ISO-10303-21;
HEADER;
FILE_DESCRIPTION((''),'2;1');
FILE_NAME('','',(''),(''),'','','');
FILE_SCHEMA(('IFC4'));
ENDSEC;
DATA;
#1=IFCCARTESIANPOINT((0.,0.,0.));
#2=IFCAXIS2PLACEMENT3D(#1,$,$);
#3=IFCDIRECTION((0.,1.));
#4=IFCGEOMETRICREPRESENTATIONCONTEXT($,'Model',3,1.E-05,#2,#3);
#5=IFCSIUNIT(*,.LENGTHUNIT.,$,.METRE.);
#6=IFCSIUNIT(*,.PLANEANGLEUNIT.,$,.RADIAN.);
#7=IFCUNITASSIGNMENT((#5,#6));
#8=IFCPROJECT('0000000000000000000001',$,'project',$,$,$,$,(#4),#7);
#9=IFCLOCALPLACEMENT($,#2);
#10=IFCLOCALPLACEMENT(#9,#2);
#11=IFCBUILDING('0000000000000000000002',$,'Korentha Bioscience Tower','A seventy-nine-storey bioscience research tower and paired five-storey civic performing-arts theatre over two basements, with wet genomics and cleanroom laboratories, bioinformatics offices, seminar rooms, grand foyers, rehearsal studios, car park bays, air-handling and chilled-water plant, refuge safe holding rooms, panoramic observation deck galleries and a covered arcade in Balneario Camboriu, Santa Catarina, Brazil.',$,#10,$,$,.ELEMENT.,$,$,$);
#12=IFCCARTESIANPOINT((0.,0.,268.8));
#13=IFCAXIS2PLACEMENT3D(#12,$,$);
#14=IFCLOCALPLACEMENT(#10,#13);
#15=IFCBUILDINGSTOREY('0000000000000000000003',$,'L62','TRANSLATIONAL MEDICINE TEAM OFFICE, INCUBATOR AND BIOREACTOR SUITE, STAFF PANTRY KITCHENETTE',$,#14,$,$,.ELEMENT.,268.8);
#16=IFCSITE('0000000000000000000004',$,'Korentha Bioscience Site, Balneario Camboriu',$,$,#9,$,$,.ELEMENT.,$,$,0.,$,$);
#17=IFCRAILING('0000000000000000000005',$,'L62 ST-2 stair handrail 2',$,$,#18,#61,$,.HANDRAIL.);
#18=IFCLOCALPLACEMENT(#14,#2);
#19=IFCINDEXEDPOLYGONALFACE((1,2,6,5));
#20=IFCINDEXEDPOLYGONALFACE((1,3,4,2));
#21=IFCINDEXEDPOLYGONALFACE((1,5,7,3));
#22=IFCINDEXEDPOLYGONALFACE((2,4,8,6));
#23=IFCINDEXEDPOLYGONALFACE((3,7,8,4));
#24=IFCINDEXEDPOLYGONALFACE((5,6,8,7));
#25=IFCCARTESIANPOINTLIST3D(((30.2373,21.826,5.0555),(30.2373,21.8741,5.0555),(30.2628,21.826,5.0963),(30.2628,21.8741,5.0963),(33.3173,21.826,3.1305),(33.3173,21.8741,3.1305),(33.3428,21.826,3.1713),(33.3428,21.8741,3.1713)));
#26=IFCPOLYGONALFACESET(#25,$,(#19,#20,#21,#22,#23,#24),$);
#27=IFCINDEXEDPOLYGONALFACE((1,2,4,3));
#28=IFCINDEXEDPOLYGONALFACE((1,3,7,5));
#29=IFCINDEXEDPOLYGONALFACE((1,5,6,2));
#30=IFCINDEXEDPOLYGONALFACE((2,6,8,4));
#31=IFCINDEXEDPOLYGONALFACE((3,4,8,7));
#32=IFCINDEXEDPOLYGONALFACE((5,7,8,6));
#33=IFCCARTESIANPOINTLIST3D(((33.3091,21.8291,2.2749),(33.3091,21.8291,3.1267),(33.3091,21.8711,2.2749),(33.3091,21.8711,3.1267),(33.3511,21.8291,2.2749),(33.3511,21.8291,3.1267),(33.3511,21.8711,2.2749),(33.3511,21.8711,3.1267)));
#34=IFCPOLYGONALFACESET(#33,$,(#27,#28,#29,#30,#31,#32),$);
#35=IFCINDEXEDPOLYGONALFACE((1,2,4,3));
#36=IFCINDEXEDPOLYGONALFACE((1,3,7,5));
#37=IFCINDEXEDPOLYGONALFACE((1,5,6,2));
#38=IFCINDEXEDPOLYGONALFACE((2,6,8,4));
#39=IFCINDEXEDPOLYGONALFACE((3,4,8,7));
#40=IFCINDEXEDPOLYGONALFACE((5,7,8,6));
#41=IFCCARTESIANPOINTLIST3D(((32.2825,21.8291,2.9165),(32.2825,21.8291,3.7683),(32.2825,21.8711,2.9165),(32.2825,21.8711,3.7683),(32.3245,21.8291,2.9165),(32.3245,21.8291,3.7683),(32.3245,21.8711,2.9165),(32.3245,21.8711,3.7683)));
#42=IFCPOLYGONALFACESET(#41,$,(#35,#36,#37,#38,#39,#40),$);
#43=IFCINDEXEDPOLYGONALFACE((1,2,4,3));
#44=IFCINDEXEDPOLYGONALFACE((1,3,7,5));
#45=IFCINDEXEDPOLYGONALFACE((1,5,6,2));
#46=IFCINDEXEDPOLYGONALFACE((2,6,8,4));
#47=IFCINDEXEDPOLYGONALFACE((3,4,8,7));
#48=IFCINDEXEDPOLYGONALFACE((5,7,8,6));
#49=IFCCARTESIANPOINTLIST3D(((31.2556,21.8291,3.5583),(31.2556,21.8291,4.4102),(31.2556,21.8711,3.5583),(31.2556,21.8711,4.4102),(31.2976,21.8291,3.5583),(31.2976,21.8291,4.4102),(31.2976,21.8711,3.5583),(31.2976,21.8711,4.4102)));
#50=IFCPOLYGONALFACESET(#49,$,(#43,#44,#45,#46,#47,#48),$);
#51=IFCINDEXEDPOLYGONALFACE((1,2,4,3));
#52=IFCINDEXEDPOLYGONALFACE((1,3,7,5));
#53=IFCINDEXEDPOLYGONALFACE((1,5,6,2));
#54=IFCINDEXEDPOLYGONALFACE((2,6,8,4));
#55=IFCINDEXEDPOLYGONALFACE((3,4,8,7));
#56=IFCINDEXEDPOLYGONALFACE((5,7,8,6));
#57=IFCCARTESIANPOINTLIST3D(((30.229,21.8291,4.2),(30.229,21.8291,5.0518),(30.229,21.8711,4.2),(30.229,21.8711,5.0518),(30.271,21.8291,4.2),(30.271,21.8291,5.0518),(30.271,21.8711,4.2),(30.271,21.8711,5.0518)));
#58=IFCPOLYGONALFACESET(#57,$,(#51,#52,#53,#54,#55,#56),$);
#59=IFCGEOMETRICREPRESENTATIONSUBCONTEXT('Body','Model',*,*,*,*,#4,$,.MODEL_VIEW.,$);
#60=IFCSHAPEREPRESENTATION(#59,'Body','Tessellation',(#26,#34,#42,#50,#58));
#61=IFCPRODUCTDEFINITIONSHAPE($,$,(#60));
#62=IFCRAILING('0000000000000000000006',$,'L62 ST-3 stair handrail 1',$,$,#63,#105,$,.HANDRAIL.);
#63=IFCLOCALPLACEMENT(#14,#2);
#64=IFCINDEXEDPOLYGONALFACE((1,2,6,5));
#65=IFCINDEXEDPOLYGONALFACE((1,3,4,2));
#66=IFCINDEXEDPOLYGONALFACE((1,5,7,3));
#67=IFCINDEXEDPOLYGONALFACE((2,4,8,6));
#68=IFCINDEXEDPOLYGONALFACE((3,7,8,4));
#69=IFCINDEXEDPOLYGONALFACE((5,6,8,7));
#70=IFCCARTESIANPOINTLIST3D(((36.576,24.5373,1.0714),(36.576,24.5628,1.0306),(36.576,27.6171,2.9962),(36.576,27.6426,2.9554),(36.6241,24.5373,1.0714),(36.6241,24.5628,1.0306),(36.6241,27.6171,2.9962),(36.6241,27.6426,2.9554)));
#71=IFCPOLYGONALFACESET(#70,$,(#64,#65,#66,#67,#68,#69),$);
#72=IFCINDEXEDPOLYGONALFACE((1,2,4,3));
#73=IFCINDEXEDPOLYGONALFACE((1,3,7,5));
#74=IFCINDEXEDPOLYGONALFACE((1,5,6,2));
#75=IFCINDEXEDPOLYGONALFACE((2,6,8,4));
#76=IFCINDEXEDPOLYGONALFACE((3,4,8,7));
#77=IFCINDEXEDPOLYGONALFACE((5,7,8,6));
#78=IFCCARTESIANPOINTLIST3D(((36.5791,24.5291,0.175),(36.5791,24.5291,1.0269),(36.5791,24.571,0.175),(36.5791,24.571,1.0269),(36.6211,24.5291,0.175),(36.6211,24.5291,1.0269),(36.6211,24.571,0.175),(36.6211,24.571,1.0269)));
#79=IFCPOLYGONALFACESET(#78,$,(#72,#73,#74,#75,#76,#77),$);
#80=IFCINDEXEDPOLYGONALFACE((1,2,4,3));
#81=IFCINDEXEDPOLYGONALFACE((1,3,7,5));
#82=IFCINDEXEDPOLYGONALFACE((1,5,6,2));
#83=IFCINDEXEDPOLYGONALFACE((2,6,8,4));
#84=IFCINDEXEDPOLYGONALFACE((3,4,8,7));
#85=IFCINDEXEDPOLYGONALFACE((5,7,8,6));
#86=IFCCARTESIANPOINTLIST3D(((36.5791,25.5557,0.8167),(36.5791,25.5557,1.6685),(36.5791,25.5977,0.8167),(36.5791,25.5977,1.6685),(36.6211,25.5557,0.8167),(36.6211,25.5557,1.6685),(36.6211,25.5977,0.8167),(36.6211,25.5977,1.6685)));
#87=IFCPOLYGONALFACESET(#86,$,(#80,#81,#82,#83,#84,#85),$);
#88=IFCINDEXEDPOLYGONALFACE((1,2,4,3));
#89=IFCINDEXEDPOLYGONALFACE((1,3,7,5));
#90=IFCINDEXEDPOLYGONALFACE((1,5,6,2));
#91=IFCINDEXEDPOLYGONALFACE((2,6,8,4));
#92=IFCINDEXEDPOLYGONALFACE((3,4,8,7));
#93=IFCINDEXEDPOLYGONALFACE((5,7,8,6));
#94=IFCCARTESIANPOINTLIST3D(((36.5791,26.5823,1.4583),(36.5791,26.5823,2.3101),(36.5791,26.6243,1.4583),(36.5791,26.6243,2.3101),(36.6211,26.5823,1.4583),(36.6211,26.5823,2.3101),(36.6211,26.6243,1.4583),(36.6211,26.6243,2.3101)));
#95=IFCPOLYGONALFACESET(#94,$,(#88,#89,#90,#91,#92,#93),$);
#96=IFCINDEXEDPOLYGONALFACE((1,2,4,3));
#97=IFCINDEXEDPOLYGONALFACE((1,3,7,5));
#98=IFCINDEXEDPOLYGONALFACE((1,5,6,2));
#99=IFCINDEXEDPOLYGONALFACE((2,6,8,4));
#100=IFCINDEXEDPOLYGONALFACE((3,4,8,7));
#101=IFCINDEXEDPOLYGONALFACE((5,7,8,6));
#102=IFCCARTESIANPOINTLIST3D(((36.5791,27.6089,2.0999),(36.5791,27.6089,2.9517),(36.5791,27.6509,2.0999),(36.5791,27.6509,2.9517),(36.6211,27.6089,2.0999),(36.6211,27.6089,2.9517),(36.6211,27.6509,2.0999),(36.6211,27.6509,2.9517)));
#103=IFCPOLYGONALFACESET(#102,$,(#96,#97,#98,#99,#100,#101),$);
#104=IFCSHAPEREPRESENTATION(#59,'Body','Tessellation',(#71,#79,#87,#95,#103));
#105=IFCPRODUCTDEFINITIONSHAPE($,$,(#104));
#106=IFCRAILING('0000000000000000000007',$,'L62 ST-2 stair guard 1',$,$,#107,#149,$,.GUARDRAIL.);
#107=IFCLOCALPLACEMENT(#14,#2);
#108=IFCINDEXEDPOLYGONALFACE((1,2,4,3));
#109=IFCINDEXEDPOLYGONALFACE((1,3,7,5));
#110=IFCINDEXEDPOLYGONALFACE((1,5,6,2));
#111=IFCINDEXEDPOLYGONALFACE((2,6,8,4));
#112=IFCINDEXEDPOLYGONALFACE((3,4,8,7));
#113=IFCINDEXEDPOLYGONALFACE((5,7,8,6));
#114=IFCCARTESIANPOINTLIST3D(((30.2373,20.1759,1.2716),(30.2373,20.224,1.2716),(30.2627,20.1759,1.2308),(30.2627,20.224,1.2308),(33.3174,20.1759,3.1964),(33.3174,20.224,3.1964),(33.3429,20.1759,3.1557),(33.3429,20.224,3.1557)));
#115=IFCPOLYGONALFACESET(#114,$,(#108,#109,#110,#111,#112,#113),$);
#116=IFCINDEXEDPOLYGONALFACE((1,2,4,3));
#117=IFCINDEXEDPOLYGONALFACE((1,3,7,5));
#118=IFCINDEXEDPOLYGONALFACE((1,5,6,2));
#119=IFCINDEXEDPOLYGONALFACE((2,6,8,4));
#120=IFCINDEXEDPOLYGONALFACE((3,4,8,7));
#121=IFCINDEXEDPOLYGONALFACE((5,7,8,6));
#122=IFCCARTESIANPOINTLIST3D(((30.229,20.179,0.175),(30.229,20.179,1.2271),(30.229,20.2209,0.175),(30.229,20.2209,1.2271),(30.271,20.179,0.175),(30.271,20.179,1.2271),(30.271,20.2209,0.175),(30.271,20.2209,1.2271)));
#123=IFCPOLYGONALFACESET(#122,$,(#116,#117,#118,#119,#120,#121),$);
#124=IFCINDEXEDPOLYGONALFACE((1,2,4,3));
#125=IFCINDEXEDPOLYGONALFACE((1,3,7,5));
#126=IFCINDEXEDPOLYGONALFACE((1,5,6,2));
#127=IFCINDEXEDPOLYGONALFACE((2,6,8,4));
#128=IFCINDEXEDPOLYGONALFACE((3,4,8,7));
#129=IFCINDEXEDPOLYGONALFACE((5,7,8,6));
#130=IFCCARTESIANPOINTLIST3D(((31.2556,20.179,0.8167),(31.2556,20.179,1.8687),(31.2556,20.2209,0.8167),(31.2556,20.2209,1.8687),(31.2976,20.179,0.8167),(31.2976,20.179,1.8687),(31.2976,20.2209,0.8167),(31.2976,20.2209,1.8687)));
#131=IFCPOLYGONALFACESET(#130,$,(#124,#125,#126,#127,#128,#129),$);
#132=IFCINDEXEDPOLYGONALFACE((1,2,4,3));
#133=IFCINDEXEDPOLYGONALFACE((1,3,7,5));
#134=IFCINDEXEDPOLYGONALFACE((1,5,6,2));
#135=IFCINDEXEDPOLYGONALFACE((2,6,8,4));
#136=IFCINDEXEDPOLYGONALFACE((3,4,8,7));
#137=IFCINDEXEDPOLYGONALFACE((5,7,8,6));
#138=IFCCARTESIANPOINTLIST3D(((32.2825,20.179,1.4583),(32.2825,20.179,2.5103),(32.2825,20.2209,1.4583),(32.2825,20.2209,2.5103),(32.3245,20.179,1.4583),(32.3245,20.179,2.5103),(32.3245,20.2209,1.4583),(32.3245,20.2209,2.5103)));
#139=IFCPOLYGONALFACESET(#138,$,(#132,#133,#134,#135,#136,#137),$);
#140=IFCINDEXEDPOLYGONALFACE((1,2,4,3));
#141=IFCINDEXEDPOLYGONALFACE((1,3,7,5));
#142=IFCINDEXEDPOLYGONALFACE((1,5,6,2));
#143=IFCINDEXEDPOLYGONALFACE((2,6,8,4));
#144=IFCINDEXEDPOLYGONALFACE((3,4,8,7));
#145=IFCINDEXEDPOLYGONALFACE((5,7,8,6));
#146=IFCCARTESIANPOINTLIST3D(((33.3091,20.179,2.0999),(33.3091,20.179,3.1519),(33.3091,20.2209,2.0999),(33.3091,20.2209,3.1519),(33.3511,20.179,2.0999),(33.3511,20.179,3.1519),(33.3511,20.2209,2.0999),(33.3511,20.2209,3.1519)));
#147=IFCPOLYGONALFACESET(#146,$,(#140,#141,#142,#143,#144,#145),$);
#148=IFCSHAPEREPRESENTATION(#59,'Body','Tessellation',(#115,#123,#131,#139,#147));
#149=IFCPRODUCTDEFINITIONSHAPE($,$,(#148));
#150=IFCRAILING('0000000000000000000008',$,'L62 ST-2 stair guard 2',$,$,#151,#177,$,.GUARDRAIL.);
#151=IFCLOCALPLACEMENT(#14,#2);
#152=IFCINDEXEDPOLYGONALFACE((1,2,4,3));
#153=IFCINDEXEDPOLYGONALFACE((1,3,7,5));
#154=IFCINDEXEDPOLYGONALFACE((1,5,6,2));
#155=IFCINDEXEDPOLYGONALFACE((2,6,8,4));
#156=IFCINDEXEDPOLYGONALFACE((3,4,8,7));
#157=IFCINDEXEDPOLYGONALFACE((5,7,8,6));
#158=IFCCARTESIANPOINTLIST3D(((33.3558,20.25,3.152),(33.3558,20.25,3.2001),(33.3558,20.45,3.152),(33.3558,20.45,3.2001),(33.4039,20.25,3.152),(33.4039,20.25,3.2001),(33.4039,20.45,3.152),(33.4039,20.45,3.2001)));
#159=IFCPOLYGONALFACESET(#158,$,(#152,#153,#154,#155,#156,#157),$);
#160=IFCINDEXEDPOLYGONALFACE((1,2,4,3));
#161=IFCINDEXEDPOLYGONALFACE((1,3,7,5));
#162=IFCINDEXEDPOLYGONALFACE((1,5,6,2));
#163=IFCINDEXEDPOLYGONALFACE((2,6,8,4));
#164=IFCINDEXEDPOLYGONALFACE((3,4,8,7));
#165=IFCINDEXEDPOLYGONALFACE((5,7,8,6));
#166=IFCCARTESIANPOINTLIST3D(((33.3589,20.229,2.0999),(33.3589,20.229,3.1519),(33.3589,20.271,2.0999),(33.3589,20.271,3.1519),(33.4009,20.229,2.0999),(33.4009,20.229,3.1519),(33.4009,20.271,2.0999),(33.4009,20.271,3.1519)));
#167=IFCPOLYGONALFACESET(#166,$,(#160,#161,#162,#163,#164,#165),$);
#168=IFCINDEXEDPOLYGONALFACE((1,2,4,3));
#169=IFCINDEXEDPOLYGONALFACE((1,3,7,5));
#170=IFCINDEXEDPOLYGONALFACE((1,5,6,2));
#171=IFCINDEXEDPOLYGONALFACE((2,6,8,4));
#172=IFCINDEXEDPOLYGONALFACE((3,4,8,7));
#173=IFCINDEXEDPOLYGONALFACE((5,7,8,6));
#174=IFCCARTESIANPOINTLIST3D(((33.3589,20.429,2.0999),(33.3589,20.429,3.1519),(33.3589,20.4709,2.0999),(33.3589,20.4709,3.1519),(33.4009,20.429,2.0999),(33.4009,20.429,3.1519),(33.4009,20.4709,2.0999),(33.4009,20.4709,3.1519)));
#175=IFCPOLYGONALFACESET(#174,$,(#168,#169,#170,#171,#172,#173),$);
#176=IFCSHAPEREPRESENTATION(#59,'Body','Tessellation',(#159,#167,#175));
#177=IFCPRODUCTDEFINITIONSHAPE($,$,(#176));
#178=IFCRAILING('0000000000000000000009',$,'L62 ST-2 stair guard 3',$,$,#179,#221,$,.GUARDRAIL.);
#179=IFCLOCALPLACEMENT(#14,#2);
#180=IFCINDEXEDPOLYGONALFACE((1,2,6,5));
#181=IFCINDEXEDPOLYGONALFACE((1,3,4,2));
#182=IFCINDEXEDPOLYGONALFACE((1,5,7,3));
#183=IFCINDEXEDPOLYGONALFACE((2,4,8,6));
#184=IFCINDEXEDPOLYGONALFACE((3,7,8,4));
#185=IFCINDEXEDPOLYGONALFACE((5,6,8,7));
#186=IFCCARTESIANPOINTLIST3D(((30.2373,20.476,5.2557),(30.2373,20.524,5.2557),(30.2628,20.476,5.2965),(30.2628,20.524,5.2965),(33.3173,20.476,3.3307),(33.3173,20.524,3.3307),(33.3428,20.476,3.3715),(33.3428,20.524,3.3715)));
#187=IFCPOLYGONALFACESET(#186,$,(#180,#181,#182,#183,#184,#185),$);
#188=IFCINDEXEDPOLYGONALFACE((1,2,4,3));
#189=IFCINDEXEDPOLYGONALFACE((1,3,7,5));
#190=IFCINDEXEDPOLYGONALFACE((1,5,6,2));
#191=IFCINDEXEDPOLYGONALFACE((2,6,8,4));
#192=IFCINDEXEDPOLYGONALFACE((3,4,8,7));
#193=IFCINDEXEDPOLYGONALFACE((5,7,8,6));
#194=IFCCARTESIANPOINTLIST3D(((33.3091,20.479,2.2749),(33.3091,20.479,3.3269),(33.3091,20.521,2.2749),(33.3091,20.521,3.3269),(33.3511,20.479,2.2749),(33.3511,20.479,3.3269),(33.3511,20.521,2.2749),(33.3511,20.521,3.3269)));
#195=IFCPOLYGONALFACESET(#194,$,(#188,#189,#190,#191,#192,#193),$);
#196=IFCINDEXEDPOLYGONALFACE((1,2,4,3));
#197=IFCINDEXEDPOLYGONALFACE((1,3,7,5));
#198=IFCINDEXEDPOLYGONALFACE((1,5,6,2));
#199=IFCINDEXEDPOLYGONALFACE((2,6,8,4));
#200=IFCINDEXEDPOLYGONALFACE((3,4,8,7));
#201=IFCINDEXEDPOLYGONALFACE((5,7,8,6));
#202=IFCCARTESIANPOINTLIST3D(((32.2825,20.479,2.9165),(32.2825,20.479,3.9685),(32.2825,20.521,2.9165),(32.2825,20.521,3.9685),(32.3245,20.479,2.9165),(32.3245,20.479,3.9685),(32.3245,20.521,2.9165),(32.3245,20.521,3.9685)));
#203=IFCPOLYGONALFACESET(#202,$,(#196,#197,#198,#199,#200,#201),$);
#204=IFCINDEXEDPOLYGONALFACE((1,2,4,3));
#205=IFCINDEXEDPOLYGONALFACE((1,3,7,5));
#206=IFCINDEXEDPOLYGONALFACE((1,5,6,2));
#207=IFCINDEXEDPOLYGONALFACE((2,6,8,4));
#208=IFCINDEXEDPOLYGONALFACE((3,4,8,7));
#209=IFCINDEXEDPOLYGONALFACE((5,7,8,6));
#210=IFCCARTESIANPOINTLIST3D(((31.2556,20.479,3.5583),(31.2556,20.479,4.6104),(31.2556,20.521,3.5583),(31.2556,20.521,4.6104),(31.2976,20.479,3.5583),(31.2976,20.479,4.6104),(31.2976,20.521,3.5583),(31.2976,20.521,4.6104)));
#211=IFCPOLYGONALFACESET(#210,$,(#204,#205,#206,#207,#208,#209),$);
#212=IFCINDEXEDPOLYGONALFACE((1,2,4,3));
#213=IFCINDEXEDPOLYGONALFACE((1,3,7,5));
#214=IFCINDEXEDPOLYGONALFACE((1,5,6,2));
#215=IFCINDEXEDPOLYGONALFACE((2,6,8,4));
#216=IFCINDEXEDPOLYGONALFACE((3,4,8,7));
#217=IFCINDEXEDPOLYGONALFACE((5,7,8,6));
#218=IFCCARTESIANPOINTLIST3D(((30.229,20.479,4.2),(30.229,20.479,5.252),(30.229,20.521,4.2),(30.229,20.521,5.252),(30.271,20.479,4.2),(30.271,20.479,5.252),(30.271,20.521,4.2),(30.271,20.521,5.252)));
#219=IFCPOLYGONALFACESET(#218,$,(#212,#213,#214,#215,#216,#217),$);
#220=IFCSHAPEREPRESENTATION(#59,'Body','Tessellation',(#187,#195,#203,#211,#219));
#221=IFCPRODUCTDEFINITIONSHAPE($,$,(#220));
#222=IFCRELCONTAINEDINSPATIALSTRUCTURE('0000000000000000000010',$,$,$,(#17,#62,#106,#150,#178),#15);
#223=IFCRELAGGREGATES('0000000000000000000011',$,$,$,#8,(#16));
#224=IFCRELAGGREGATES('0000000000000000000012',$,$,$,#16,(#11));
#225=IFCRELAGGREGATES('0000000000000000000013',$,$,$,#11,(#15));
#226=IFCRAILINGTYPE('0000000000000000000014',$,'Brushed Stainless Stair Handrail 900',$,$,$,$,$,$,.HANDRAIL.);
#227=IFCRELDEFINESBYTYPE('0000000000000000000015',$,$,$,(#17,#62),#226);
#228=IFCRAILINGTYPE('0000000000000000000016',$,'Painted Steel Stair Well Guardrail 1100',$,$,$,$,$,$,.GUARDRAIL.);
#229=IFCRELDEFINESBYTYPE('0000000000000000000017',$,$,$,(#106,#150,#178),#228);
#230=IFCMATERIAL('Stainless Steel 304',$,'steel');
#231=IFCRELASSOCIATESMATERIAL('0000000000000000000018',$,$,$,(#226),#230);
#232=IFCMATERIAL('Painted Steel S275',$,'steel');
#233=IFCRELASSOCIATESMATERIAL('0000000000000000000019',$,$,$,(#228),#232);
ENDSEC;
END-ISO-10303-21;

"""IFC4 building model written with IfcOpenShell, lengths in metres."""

from ifc_helpers import new_model, si_unit, direction, frame, origin, origin_2d, place, context, subcontext, project, spatial, rectangle, extrude, material, type_object, element, save


model = new_model("IFC4")

# Units and contexts
model_context = context("Model", 3, precision=1e-05, world=origin(), true_north=direction((0.0, 1.0)))
body_context = subcontext(model_context, "Body", "Model", "MODEL_VIEW")
ifc_project = project(units=[si_unit("LENGTHUNIT", "METRE"), si_unit("PLANEANGLEUNIT", "RADIAN")], contexts=[model_context])

# Site, building, storey
site_placement = place(None, origin())
site = spatial("IfcSite", under=ifc_project, at=site_placement, Name="Korentha Bioscience Site, Balneario Camboriu", CompositionType="ELEMENT", RefElevation=0.0)
building_placement = place(site_placement, origin())
building = spatial("IfcBuilding", under=site, at=building_placement, Name="Korentha Bioscience Tower", Description="A seventy-nine-storey bioscience research tower and paired five-storey civic performing-arts theatre over two basements, with wet genomics and cleanroom laboratories, bioinformatics offices, seminar rooms, grand foyers, rehearsal studios, car park bays, air-handling and chilled-water plant, refuge safe holding rooms, panoramic observation deck galleries and a covered arcade in Balneario Camboriu, Santa Catarina, Brazil.", CompositionType="ELEMENT")
storey_placement = place(building_placement, frame((0.0, 0.0, 268.8)))
storey = spatial("IfcBuildingStorey", under=building, at=storey_placement, Name="L62", Description="TRANSLATIONAL MEDICINE TEAM OFFICE, INCUBATOR AND BIOREACTOR SUITE, STAFF PANTRY KITCHENETTE", CompositionType="ELEMENT", Elevation=268.8)

# Railings
ifc_material_1 = material(Name="Stainless Steel 304", Category="steel")
railing_type_1 = type_object("IfcRailingType", Name="Brushed Stainless Stair Handrail 900", PredefinedType="HANDRAIL", material=ifc_material_1)
railing_1_placement = place(storey_placement, frame((33.3301, 21.8501, 2.2749)))
element("IfcRailing", 1, at=railing_1_placement, inside=storey, type_object=railing_type_1, Name="L62 ST-2 stair handrail 2", PredefinedType="HANDRAIL", context=body_context, shape_type="SweptSolid", body=[
    extrude(rectangle(XDim=0.0481, YDim=0.0481, at=origin_2d()), frame((0.0, 0.0, 0.876), z_axis=(-0.847998, 0.0, 0.529999), x_axis=(0.0, -1.0, 0.0)), (0.0, 0.0, 1.0), 3.6321),
    extrude(rectangle(XDim=0.042, YDim=0.042, at=origin_2d()), origin(), (0.0, 0.0, 1.0), 0.8518),
    extrude(rectangle(XDim=0.042, YDim=0.042, at=origin_2d()), frame((-1.0266, 0.0, 0.6416)), (0.0, 0.0, 1.0), 0.8518),
    extrude(rectangle(XDim=0.042, YDim=0.042, at=origin_2d()), frame((-2.0535, 0.0, 1.2834)), (0.0, 0.0, 1.0), 0.8518),
    extrude(rectangle(XDim=0.042, YDim=0.042, at=origin_2d()), frame((-3.0801, 0.0, 1.925)), (0.0, 0.0, 1.0), 0.8518),
])
railing_2_placement = place(storey_placement, frame((36.6001, 24.55, 0.175)))
element("IfcRailing", 2, at=railing_2_placement, inside=storey, type_object=railing_type_1, Name="L62 ST-3 stair handrail 1", PredefinedType="HANDRAIL", context=body_context, shape_type="SweptSolid", body=[
    extrude(rectangle(XDim=0.0481, YDim=0.0481, at=origin_2d()), frame((0.0, 0.0, 0.876), z_axis=(0.0, 0.84801, 0.529981), x_axis=(-1.0, 0.0, 0.0)), (0.0, 0.0, 1.0), 3.6318),
    extrude(rectangle(XDim=0.042, YDim=0.042, at=origin_2d()), origin(), (0.0, 0.0, 1.0), 0.8518),
    extrude(rectangle(XDim=0.042, YDim=0.042, at=origin_2d()), frame((0.0, 1.0266, 0.6416)), (0.0, 0.0, 1.0), 0.8518),
    extrude(rectangle(XDim=0.042, YDim=0.042, at=origin_2d()), frame((0.0, 2.0532, 1.2832)), (0.0, 0.0, 1.0), 0.8518),
    extrude(rectangle(XDim=0.042, YDim=0.042, at=origin_2d()), frame((0.0, 3.0798, 1.9248)), (0.0, 0.0, 1.0), 0.8518),
])
ifc_material_2 = material(Name="Painted Steel S275", Category="steel")
railing_type_2 = type_object("IfcRailingType", Name="Painted Steel Stair Well Guardrail 1100", PredefinedType="GUARDRAIL", material=ifc_material_2)
railing_3_placement = place(storey_placement, frame((30.25, 20.2, 0.175)))
element("IfcRailing", 3, at=railing_3_placement, inside=storey, type_object=railing_type_2, Name="L62 ST-2 stair guard 1", PredefinedType="GUARDRAIL", context=body_context, shape_type="SweptSolid", body=[
    extrude(rectangle(XDim=0.0481, YDim=0.0481, at=origin_2d()), frame((0.0, 0.0, 1.0762), z_axis=(0.848029, 0.0, 0.529951), x_axis=(0.0, 1.0, 0.0)), (0.0, 0.0, 1.0), 3.6321),
    extrude(rectangle(XDim=0.042, YDim=0.042, at=origin_2d()), origin(), (0.0, 0.0, 1.0), 1.052),
    extrude(rectangle(XDim=0.042, YDim=0.042, at=origin_2d()), frame((1.0266, 0.0, 0.6416)), (0.0, 0.0, 1.0), 1.052),
    extrude(rectangle(XDim=0.042, YDim=0.042, at=origin_2d()), frame((2.0535, 0.0, 1.2832)), (0.0, 0.0, 1.0), 1.052),
    extrude(rectangle(XDim=0.042, YDim=0.042, at=origin_2d()), frame((3.0801, 0.0, 1.9248)), (0.0, 0.0, 1.0), 1.052),
])
railing_4_placement = place(storey_placement, frame((33.3799, 20.25, 2.0999)))
element("IfcRailing", 4, at=railing_4_placement, inside=storey, type_object=railing_type_2, Name="L62 ST-2 stair guard 2", PredefinedType="GUARDRAIL", context=body_context, shape_type="SweptSolid", body=[
    extrude(rectangle(XDim=0.0481, YDim=0.0481, at=origin_2d()), frame((0.0, 0.0, 1.0762), z_axis=(0.0, 1.0, 0.0), x_axis=(-1.0, 0.0, 0.0)), (0.0, 0.0, 1.0), 0.2),
    extrude(rectangle(XDim=0.042, YDim=0.042, at=origin_2d()), origin(), (0.0, 0.0, 1.0), 1.052),
    extrude(rectangle(XDim=0.042, YDim=0.042, at=origin_2d()), frame((0.0, 0.2, 0.0)), (0.0, 0.0, 1.0), 1.052),
])
railing_5_placement = place(storey_placement, frame((33.3301, 20.5, 2.2749)))
element("IfcRailing", 5, at=railing_5_placement, inside=storey, type_object=railing_type_2, Name="L62 ST-2 stair guard 3", PredefinedType="GUARDRAIL", context=body_context, shape_type="SweptSolid", body=[
    extrude(rectangle(XDim=0.0481, YDim=0.0481, at=origin_2d()), frame((0.0, 0.0, 1.0762), z_axis=(-0.847998, 0.0, 0.529999), x_axis=(0.0, -1.0, 0.0)), (0.0, 0.0, 1.0), 3.6321),
    extrude(rectangle(XDim=0.042, YDim=0.042, at=origin_2d()), origin(), (0.0, 0.0, 1.0), 1.052),
    extrude(rectangle(XDim=0.042, YDim=0.042, at=origin_2d()), frame((-1.0266, 0.0, 0.6416)), (0.0, 0.0, 1.0), 1.052),
    extrude(rectangle(XDim=0.042, YDim=0.042, at=origin_2d()), frame((-2.0535, 0.0, 1.2834)), (0.0, 0.0, 1.0), 1.052),
    extrude(rectangle(XDim=0.042, YDim=0.042, at=origin_2d()), frame((-3.0801, 0.0, 1.925)), (0.0, 0.0, 1.0), 1.052),
])

save(model, "model.ifc")
